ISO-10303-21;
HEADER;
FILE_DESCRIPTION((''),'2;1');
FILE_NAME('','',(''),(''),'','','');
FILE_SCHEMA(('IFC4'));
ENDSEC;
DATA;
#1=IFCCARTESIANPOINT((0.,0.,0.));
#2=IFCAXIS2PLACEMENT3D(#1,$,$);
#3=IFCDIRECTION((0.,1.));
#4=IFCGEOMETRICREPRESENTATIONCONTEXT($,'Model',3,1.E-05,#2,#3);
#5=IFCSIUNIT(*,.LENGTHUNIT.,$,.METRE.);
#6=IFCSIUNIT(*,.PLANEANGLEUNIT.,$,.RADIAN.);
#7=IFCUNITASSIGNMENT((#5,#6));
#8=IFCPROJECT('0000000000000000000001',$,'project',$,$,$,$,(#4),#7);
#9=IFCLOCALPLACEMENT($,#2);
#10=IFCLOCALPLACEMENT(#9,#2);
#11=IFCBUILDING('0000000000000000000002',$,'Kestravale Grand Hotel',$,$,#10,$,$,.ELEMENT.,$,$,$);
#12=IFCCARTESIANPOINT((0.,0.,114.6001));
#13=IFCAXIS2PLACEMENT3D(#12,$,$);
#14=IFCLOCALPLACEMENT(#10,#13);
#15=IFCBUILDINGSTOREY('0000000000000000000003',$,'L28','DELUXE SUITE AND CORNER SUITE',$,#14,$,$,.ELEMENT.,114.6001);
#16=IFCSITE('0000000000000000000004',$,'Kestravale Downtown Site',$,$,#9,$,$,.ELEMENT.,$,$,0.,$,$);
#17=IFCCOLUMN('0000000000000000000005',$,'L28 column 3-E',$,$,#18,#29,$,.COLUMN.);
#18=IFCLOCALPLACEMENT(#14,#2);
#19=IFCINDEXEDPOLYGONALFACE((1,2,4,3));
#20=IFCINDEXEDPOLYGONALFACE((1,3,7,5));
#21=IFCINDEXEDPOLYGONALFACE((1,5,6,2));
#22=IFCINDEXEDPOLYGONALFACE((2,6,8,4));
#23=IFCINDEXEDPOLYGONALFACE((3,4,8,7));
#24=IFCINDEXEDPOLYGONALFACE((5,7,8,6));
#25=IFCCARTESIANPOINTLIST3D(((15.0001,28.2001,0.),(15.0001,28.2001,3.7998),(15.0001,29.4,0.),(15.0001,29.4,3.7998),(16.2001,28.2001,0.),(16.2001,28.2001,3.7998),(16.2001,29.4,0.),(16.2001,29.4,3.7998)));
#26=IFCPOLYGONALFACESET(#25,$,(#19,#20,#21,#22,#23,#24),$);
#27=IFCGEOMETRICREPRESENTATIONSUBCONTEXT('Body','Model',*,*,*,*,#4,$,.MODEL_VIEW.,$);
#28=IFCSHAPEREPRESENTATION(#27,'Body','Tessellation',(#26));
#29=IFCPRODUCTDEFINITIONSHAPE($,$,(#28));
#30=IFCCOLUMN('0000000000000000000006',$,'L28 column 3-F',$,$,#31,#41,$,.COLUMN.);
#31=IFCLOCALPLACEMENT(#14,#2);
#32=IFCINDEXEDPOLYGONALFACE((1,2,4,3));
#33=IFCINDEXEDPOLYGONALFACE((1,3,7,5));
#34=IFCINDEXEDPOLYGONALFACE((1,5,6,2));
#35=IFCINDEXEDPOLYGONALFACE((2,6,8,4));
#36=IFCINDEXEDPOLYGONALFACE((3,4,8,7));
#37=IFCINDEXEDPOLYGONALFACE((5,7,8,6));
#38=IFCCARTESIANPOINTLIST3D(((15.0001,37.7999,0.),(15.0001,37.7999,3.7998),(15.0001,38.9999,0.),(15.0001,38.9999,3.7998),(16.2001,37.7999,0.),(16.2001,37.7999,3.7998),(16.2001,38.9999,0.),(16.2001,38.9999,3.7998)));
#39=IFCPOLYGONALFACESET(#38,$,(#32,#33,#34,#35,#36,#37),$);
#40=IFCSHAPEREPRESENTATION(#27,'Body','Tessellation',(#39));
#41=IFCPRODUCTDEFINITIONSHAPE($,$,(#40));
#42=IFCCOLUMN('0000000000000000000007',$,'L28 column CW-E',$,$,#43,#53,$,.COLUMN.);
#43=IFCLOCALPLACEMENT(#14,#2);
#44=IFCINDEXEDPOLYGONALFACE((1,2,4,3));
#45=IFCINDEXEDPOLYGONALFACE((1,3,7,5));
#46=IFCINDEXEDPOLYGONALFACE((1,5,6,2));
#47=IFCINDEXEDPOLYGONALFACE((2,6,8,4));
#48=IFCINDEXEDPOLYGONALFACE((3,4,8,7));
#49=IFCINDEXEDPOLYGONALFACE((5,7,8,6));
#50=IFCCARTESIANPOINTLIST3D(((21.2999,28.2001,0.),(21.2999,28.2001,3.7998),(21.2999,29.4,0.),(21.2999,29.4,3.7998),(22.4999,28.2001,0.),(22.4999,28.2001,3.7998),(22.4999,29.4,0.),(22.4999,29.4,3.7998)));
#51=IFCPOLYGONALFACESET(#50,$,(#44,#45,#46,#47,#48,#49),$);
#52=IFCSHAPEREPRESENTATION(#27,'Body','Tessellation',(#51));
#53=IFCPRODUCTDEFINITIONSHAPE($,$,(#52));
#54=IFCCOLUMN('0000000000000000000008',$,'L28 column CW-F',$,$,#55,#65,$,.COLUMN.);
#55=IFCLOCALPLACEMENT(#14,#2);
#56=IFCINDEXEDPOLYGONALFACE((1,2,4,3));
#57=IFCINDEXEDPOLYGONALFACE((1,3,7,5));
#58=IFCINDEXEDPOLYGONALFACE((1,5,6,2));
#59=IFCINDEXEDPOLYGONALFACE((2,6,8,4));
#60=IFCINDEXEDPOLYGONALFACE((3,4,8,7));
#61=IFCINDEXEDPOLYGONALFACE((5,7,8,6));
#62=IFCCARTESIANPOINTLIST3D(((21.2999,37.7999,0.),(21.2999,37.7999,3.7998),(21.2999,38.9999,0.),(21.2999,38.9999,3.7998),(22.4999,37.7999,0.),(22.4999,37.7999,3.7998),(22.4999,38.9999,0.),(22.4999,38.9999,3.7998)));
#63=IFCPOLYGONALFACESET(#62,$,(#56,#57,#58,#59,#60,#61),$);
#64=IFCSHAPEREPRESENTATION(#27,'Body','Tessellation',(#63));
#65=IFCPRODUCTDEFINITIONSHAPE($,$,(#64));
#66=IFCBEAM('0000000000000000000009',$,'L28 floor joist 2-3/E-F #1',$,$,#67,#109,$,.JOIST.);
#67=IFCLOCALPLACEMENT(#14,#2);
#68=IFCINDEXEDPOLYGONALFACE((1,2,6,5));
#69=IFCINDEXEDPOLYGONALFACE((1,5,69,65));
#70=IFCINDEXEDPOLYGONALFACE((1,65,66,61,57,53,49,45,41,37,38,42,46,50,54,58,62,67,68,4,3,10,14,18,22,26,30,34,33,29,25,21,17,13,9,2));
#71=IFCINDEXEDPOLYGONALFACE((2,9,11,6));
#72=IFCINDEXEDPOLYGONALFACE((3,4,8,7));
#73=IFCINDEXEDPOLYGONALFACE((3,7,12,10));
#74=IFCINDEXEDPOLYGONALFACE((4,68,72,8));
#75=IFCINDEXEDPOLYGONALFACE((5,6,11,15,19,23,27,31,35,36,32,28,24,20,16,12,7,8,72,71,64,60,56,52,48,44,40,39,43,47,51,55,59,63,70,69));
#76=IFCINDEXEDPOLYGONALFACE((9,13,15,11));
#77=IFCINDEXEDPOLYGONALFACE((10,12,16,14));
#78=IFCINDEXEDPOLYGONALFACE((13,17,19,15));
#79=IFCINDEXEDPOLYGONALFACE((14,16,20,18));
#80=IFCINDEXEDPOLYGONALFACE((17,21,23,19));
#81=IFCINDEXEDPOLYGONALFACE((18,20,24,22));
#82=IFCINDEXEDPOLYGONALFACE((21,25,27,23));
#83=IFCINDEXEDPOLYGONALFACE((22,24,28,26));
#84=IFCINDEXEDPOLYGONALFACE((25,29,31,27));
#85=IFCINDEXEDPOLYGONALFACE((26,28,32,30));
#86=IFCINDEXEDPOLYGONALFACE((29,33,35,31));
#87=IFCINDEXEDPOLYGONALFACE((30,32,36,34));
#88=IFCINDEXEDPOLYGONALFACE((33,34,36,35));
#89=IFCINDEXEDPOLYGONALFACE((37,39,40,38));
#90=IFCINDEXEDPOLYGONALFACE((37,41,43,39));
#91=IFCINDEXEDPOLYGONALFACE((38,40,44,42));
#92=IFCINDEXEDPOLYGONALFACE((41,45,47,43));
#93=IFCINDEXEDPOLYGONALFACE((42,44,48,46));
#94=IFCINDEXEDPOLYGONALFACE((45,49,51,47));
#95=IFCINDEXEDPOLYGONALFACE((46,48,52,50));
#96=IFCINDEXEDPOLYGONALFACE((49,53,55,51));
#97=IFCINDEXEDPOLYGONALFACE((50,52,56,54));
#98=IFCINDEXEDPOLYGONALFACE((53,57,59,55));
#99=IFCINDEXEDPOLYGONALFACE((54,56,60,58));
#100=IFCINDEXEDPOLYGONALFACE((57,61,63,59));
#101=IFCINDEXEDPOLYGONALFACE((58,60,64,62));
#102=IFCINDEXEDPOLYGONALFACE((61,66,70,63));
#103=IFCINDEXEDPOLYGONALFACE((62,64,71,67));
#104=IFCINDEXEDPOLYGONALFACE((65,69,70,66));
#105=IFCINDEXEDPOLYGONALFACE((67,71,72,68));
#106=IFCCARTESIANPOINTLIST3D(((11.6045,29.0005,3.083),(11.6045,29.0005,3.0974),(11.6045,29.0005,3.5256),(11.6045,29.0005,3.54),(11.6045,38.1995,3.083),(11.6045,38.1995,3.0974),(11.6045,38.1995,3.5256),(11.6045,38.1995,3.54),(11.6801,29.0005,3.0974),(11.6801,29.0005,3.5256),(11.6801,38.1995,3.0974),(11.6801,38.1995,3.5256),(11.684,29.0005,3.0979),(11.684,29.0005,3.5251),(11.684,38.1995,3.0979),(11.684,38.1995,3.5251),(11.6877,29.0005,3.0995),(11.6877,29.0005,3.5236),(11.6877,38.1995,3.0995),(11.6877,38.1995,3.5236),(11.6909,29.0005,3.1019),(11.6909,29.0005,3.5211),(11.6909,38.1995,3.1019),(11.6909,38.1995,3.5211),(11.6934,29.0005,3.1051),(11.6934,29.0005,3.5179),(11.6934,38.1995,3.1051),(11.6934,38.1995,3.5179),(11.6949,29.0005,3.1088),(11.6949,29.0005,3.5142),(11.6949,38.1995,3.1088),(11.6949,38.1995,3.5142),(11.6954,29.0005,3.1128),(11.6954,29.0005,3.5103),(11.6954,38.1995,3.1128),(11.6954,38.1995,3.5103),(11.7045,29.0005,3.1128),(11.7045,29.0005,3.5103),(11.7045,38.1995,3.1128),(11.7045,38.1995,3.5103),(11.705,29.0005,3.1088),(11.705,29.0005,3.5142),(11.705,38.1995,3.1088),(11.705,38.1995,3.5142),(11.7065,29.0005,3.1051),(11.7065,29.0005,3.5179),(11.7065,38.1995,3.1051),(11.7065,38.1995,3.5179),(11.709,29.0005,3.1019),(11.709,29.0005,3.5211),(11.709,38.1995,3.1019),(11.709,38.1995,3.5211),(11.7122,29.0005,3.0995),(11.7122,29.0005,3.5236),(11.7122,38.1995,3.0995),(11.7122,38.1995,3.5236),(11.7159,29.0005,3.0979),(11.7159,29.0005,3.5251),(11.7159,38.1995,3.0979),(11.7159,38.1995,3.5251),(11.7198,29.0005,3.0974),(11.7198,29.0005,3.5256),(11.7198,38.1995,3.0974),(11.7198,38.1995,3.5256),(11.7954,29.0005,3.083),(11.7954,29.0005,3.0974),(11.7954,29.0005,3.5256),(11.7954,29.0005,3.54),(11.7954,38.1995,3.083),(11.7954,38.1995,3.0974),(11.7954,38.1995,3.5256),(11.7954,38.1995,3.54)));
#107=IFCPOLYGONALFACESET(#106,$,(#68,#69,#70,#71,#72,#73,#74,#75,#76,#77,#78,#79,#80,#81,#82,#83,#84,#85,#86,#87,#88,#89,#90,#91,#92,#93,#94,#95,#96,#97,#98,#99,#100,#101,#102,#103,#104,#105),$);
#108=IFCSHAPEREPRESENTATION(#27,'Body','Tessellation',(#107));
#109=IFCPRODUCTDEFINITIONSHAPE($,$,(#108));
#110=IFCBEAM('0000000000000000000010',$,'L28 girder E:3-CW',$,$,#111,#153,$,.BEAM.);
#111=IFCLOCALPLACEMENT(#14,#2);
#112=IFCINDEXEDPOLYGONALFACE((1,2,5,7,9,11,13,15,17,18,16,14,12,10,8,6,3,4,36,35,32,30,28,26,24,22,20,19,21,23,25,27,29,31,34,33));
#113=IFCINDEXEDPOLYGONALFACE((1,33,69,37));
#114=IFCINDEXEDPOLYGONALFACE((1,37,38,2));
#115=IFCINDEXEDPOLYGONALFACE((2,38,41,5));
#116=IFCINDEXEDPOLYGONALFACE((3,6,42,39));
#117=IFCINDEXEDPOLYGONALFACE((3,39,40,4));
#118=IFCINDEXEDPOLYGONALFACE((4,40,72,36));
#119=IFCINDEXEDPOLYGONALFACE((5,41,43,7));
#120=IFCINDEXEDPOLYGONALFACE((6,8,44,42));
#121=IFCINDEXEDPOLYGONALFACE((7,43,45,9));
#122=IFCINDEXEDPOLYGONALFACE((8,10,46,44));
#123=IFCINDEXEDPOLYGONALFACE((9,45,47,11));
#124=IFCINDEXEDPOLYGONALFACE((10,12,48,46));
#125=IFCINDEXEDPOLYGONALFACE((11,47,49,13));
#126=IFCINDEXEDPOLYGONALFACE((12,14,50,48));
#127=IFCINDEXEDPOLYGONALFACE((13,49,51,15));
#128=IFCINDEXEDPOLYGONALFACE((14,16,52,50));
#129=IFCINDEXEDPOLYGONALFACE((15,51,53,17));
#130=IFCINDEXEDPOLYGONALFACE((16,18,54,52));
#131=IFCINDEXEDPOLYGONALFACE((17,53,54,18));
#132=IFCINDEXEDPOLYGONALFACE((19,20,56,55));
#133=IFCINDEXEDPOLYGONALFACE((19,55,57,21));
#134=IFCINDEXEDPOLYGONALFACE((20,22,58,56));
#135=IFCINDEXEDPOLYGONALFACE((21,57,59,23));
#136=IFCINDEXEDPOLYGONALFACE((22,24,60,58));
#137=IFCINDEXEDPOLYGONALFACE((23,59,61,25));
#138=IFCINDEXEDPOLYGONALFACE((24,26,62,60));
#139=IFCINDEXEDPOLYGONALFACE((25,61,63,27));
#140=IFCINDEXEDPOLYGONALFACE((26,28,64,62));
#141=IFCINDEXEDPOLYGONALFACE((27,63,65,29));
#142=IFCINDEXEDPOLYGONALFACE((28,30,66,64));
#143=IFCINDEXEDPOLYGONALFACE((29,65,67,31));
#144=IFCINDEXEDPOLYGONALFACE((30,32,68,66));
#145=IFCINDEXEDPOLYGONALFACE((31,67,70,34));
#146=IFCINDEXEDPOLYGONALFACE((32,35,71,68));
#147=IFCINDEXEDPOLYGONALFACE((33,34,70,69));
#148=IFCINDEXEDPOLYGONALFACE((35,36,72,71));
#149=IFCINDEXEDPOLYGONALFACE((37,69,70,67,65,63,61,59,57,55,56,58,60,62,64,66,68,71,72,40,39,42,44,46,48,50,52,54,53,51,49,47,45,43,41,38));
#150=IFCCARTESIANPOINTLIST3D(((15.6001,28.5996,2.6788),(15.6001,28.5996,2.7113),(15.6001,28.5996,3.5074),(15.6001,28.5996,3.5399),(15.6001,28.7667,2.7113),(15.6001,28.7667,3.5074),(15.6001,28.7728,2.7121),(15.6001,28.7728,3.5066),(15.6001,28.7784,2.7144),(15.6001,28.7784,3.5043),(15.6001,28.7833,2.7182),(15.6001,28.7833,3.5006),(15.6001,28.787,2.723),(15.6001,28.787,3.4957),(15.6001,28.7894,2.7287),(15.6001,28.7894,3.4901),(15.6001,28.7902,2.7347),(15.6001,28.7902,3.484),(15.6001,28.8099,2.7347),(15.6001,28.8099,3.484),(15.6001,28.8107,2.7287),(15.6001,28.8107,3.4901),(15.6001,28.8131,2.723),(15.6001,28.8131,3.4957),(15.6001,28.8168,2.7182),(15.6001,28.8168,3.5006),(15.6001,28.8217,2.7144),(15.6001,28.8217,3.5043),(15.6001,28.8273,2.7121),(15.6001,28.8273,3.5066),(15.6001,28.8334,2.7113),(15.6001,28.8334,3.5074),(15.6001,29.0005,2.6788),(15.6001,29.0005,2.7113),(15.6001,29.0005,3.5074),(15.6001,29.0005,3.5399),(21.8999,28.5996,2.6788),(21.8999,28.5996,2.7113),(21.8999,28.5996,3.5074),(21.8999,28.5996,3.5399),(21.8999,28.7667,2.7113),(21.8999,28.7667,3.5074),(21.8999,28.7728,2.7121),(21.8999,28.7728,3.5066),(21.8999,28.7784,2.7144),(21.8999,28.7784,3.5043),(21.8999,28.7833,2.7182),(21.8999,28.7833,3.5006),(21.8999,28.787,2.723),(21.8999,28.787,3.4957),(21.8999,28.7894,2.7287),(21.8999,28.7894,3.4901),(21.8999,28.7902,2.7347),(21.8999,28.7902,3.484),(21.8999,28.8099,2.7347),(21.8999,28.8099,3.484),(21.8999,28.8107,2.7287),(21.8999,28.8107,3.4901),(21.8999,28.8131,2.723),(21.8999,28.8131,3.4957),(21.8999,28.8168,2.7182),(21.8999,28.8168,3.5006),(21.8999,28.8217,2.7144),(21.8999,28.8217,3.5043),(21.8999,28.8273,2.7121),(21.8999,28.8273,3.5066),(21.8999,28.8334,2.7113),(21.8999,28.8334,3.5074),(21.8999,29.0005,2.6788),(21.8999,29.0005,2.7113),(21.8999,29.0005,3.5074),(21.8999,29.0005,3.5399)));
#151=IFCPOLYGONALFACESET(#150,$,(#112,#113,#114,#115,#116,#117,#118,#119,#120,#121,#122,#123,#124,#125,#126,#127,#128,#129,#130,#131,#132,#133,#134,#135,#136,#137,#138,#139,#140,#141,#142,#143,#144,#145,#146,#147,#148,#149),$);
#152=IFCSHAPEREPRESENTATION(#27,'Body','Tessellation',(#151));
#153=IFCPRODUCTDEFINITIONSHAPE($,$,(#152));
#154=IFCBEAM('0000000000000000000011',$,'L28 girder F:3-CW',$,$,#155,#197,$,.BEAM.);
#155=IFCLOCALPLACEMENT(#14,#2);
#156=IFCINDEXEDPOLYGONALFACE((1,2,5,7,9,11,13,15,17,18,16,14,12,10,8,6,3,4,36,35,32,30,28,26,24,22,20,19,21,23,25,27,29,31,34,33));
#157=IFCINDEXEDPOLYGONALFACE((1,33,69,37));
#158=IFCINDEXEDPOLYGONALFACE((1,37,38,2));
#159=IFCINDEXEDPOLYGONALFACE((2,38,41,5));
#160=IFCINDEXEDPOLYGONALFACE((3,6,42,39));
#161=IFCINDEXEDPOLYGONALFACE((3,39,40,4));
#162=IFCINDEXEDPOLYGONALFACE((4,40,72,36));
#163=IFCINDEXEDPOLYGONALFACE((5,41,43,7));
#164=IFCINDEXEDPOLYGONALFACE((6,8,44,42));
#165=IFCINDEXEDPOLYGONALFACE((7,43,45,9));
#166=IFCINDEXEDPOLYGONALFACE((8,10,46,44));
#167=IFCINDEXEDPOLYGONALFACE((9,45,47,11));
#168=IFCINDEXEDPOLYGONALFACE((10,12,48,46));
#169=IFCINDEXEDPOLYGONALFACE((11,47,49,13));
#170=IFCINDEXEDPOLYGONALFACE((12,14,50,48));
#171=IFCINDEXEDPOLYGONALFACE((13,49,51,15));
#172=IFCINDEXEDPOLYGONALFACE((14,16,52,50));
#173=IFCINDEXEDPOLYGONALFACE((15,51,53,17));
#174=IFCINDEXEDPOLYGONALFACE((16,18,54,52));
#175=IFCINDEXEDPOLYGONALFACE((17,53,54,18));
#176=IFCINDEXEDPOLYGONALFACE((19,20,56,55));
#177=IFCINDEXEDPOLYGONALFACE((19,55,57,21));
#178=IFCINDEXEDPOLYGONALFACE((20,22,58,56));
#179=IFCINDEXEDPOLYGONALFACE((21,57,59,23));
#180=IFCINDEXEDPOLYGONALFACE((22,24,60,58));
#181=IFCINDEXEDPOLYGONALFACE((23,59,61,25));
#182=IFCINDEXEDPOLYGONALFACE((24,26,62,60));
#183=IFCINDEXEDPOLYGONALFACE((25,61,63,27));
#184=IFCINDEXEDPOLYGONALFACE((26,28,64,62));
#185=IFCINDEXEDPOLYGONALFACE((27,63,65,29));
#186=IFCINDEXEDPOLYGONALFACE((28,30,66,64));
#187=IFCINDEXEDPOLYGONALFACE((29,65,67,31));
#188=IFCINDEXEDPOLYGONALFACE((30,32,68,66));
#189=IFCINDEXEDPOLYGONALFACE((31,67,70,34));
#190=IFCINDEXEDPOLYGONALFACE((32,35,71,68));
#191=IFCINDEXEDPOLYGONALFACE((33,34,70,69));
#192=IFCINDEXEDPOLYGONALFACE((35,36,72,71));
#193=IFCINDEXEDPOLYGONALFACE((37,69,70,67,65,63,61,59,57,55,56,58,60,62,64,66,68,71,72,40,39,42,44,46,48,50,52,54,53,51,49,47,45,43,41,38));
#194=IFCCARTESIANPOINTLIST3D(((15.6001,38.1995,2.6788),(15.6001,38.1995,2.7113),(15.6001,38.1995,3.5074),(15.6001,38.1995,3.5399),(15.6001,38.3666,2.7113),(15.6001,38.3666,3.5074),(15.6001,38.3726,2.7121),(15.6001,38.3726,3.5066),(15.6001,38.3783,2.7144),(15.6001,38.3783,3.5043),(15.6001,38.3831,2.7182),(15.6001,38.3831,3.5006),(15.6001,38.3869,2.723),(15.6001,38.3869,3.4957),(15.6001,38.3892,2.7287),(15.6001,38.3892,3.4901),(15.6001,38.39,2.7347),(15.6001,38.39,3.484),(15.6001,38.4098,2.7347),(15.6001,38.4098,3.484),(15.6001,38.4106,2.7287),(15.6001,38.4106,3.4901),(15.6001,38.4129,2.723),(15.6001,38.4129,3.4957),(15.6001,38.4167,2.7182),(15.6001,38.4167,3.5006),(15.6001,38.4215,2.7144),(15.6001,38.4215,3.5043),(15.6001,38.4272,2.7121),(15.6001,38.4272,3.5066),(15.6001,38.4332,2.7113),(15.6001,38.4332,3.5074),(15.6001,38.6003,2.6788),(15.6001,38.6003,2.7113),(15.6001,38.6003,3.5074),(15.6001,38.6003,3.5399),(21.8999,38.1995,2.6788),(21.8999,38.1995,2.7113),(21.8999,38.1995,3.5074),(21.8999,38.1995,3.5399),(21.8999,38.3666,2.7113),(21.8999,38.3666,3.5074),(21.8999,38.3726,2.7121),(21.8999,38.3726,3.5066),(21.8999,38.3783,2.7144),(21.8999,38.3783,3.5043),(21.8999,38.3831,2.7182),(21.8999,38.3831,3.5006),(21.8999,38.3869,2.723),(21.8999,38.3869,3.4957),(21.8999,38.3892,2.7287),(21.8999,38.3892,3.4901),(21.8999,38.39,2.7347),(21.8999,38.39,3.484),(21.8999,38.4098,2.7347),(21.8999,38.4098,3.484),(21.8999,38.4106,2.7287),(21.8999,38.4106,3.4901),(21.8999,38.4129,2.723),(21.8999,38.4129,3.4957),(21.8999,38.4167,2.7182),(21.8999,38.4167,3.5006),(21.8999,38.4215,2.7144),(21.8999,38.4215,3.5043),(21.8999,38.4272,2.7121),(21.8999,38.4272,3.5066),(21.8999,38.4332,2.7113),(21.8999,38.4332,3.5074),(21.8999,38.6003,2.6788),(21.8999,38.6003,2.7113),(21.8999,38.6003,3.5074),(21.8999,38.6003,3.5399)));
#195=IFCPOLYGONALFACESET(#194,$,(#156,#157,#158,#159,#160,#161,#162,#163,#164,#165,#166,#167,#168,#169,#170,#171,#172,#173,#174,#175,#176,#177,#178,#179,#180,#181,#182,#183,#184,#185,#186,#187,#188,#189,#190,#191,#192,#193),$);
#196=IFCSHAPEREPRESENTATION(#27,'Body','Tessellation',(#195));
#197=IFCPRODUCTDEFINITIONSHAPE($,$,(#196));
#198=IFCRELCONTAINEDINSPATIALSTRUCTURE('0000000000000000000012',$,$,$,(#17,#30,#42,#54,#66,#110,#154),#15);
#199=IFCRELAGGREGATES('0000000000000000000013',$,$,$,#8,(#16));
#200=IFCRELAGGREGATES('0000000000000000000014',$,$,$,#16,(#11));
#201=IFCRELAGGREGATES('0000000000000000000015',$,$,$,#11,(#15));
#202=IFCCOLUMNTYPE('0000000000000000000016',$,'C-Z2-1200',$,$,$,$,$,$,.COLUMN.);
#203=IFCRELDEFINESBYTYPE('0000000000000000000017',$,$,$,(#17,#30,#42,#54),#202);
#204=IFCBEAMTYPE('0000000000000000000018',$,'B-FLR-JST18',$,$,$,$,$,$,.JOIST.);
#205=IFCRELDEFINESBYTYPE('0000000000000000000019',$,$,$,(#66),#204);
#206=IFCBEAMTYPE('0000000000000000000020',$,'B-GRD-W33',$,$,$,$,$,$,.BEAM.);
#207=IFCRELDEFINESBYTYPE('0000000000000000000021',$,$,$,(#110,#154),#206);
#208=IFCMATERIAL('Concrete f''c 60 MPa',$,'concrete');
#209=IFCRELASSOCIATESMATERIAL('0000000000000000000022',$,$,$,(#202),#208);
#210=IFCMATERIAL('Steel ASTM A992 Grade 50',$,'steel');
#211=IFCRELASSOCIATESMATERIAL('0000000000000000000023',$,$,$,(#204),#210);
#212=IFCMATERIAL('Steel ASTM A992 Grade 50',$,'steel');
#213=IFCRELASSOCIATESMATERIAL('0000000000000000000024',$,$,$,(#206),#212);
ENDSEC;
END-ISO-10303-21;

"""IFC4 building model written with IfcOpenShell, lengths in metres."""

from ifc_helpers import new_model, si_unit, direction, frame, origin, origin_2d, place, context, subcontext, project, spatial, rectangle, i_section, extrude, material, material_profile, profile_set, type_object, element, save


model = new_model("IFC4")

# Units and contexts
model_context = context("Model", 3, precision=1e-05, world=origin(), true_north=direction((0.0, 1.0)))
body_context = subcontext(model_context, "Body", "Model", "MODEL_VIEW")
ifc_project = project(units=[si_unit("LENGTHUNIT", "METRE"), si_unit("PLANEANGLEUNIT", "RADIAN")], contexts=[model_context])

# Site, building, storey
site_placement = place(None, origin())
site = spatial("IfcSite", under=ifc_project, at=site_placement, Name="Kestravale Downtown Site", CompositionType="ELEMENT", RefElevation=0.0)
building_placement = place(site_placement, origin())
building = spatial("IfcBuilding", under=site, at=building_placement, Name="Kestravale Grand Hotel", CompositionType="ELEMENT")
storey_placement = place(building_placement, frame((0.0, 0.0, 114.6001)))
storey = spatial("IfcBuildingStorey", under=building, at=storey_placement, Name="L28", Description="DELUXE SUITE AND CORNER SUITE", CompositionType="ELEMENT", Elevation=114.6001)

# Columns
ifc_material_1 = material(Name="Concrete f'c 60 MPa", Category="concrete")
ifc_material_profile_1 = material_profile(ifc_material_1, rectangle(XDim=1.2, YDim=1.2, at=origin_2d()))
ifc_profile_set_1 = profile_set([ifc_material_profile_1], Name="Concrete f'c 60 MPa")
column_type = type_object("IfcColumnType", Name="C-Z2-1200", PredefinedType="COLUMN", material=ifc_profile_set_1)
for number, where, z_axis, x_axis, name in (
    (1, (15.6001, 28.8, 0.0), (0.0, 0.0, 1.0), (1.0, 0.0, 0.0), "L28 column 3-E"),
    (2, (15.6001, 38.3999, 0.0), (0.0, 0.0, 1.0), (1.0, 0.0, 0.0), "L28 column 3-F"),
    (3, (21.8999, 28.8, 0.0), (0.0, 0.0, 1.0), (1.0, 0.0, 0.0), "L28 column CW-E"),
    (4, (21.8999, 38.3999, 0.0), (0.0, 0.0, 1.0), (1.0, 0.0, 0.0), "L28 column CW-F"),
):
    element("IfcColumn", number, at=place(storey_placement, frame(where, z_axis=z_axis, x_axis=x_axis)), inside=storey, type_object=column_type, Name=name, PredefinedType="COLUMN", context=body_context, shape_type="SweptSolid", body=[
        extrude(rectangle(XDim=1.2, YDim=1.2, at=origin_2d()), origin(), (0.0, 0.0, 1.0), 3.7998),
    ])

# Beams
ifc_material_2 = material(Name="Steel ASTM A992 Grade 50", Category="steel")
ifc_material_profile_2 = material_profile(ifc_material_2, i_section(OverallWidth=0.1909, OverallDepth=0.457, WebThickness=0.009, FlangeThickness=0.0144, FilletRadius=0.0154, at=origin_2d()))
ifc_profile_set_2 = profile_set([ifc_material_profile_2], Name="Steel ASTM A992 Grade 50")
beam_type_1 = type_object("IfcBeamType", Name="B-FLR-JST18", PredefinedType="JOIST", material=ifc_profile_set_2)
beam_1_placement = place(storey_placement, frame((11.7, 29.0005, 3.3115), z_axis=(0.0, 1.0, 0.0), x_axis=(-1.0, 0.0, 0.0)))
element("IfcBeam", 5, at=beam_1_placement, inside=storey, type_object=beam_type_1, Name="L28 floor joist 2-3/E-F #1", PredefinedType="JOIST", context=body_context, shape_type="SweptSolid", body=[
    extrude(i_section(OverallWidth=0.1909, OverallDepth=0.457, WebThickness=0.009, FlangeThickness=0.0144, FilletRadius=0.0154, at=origin_2d()), origin(), (0.0, 0.0, 1.0), 9.199),
])
ifc_material_3 = material(Name="Steel ASTM A992 Grade 50", Category="steel")
ifc_material_profile_3 = material_profile(ifc_material_3, i_section(OverallWidth=0.4009, OverallDepth=0.8611, WebThickness=0.0198, FlangeThickness=0.0325, FilletRadius=0.0234, at=origin_2d()))
ifc_profile_set_3 = profile_set([ifc_material_profile_3], Name="Steel ASTM A992 Grade 50")
beam_type_2 = type_object("IfcBeamType", Name="B-GRD-W33", PredefinedType="BEAM", material=ifc_profile_set_3)
for number, where, z_axis, x_axis, name in (
    (6, (15.6001, 28.8, 3.1094), (1.0, 0.0, 0.0), (0.0, 1.0, 0.0), "L28 girder E:3-CW"),
    (7, (15.6001, 38.3999, 3.1094), (1.0, 0.0, 0.0), (0.0, 1.0, 0.0), "L28 girder F:3-CW"),
):
    element("IfcBeam", number, at=place(storey_placement, frame(where, z_axis=z_axis, x_axis=x_axis)), inside=storey, type_object=beam_type_2, Name=name, PredefinedType="BEAM", context=body_context, shape_type="SweptSolid", body=[
        extrude(i_section(OverallWidth=0.4009, OverallDepth=0.8611, WebThickness=0.0198, FlangeThickness=0.0325, FilletRadius=0.0234, at=origin_2d()), origin(), (0.0, 0.0, 1.0), 6.2998),
    ])

save(model, "model.ifc")
